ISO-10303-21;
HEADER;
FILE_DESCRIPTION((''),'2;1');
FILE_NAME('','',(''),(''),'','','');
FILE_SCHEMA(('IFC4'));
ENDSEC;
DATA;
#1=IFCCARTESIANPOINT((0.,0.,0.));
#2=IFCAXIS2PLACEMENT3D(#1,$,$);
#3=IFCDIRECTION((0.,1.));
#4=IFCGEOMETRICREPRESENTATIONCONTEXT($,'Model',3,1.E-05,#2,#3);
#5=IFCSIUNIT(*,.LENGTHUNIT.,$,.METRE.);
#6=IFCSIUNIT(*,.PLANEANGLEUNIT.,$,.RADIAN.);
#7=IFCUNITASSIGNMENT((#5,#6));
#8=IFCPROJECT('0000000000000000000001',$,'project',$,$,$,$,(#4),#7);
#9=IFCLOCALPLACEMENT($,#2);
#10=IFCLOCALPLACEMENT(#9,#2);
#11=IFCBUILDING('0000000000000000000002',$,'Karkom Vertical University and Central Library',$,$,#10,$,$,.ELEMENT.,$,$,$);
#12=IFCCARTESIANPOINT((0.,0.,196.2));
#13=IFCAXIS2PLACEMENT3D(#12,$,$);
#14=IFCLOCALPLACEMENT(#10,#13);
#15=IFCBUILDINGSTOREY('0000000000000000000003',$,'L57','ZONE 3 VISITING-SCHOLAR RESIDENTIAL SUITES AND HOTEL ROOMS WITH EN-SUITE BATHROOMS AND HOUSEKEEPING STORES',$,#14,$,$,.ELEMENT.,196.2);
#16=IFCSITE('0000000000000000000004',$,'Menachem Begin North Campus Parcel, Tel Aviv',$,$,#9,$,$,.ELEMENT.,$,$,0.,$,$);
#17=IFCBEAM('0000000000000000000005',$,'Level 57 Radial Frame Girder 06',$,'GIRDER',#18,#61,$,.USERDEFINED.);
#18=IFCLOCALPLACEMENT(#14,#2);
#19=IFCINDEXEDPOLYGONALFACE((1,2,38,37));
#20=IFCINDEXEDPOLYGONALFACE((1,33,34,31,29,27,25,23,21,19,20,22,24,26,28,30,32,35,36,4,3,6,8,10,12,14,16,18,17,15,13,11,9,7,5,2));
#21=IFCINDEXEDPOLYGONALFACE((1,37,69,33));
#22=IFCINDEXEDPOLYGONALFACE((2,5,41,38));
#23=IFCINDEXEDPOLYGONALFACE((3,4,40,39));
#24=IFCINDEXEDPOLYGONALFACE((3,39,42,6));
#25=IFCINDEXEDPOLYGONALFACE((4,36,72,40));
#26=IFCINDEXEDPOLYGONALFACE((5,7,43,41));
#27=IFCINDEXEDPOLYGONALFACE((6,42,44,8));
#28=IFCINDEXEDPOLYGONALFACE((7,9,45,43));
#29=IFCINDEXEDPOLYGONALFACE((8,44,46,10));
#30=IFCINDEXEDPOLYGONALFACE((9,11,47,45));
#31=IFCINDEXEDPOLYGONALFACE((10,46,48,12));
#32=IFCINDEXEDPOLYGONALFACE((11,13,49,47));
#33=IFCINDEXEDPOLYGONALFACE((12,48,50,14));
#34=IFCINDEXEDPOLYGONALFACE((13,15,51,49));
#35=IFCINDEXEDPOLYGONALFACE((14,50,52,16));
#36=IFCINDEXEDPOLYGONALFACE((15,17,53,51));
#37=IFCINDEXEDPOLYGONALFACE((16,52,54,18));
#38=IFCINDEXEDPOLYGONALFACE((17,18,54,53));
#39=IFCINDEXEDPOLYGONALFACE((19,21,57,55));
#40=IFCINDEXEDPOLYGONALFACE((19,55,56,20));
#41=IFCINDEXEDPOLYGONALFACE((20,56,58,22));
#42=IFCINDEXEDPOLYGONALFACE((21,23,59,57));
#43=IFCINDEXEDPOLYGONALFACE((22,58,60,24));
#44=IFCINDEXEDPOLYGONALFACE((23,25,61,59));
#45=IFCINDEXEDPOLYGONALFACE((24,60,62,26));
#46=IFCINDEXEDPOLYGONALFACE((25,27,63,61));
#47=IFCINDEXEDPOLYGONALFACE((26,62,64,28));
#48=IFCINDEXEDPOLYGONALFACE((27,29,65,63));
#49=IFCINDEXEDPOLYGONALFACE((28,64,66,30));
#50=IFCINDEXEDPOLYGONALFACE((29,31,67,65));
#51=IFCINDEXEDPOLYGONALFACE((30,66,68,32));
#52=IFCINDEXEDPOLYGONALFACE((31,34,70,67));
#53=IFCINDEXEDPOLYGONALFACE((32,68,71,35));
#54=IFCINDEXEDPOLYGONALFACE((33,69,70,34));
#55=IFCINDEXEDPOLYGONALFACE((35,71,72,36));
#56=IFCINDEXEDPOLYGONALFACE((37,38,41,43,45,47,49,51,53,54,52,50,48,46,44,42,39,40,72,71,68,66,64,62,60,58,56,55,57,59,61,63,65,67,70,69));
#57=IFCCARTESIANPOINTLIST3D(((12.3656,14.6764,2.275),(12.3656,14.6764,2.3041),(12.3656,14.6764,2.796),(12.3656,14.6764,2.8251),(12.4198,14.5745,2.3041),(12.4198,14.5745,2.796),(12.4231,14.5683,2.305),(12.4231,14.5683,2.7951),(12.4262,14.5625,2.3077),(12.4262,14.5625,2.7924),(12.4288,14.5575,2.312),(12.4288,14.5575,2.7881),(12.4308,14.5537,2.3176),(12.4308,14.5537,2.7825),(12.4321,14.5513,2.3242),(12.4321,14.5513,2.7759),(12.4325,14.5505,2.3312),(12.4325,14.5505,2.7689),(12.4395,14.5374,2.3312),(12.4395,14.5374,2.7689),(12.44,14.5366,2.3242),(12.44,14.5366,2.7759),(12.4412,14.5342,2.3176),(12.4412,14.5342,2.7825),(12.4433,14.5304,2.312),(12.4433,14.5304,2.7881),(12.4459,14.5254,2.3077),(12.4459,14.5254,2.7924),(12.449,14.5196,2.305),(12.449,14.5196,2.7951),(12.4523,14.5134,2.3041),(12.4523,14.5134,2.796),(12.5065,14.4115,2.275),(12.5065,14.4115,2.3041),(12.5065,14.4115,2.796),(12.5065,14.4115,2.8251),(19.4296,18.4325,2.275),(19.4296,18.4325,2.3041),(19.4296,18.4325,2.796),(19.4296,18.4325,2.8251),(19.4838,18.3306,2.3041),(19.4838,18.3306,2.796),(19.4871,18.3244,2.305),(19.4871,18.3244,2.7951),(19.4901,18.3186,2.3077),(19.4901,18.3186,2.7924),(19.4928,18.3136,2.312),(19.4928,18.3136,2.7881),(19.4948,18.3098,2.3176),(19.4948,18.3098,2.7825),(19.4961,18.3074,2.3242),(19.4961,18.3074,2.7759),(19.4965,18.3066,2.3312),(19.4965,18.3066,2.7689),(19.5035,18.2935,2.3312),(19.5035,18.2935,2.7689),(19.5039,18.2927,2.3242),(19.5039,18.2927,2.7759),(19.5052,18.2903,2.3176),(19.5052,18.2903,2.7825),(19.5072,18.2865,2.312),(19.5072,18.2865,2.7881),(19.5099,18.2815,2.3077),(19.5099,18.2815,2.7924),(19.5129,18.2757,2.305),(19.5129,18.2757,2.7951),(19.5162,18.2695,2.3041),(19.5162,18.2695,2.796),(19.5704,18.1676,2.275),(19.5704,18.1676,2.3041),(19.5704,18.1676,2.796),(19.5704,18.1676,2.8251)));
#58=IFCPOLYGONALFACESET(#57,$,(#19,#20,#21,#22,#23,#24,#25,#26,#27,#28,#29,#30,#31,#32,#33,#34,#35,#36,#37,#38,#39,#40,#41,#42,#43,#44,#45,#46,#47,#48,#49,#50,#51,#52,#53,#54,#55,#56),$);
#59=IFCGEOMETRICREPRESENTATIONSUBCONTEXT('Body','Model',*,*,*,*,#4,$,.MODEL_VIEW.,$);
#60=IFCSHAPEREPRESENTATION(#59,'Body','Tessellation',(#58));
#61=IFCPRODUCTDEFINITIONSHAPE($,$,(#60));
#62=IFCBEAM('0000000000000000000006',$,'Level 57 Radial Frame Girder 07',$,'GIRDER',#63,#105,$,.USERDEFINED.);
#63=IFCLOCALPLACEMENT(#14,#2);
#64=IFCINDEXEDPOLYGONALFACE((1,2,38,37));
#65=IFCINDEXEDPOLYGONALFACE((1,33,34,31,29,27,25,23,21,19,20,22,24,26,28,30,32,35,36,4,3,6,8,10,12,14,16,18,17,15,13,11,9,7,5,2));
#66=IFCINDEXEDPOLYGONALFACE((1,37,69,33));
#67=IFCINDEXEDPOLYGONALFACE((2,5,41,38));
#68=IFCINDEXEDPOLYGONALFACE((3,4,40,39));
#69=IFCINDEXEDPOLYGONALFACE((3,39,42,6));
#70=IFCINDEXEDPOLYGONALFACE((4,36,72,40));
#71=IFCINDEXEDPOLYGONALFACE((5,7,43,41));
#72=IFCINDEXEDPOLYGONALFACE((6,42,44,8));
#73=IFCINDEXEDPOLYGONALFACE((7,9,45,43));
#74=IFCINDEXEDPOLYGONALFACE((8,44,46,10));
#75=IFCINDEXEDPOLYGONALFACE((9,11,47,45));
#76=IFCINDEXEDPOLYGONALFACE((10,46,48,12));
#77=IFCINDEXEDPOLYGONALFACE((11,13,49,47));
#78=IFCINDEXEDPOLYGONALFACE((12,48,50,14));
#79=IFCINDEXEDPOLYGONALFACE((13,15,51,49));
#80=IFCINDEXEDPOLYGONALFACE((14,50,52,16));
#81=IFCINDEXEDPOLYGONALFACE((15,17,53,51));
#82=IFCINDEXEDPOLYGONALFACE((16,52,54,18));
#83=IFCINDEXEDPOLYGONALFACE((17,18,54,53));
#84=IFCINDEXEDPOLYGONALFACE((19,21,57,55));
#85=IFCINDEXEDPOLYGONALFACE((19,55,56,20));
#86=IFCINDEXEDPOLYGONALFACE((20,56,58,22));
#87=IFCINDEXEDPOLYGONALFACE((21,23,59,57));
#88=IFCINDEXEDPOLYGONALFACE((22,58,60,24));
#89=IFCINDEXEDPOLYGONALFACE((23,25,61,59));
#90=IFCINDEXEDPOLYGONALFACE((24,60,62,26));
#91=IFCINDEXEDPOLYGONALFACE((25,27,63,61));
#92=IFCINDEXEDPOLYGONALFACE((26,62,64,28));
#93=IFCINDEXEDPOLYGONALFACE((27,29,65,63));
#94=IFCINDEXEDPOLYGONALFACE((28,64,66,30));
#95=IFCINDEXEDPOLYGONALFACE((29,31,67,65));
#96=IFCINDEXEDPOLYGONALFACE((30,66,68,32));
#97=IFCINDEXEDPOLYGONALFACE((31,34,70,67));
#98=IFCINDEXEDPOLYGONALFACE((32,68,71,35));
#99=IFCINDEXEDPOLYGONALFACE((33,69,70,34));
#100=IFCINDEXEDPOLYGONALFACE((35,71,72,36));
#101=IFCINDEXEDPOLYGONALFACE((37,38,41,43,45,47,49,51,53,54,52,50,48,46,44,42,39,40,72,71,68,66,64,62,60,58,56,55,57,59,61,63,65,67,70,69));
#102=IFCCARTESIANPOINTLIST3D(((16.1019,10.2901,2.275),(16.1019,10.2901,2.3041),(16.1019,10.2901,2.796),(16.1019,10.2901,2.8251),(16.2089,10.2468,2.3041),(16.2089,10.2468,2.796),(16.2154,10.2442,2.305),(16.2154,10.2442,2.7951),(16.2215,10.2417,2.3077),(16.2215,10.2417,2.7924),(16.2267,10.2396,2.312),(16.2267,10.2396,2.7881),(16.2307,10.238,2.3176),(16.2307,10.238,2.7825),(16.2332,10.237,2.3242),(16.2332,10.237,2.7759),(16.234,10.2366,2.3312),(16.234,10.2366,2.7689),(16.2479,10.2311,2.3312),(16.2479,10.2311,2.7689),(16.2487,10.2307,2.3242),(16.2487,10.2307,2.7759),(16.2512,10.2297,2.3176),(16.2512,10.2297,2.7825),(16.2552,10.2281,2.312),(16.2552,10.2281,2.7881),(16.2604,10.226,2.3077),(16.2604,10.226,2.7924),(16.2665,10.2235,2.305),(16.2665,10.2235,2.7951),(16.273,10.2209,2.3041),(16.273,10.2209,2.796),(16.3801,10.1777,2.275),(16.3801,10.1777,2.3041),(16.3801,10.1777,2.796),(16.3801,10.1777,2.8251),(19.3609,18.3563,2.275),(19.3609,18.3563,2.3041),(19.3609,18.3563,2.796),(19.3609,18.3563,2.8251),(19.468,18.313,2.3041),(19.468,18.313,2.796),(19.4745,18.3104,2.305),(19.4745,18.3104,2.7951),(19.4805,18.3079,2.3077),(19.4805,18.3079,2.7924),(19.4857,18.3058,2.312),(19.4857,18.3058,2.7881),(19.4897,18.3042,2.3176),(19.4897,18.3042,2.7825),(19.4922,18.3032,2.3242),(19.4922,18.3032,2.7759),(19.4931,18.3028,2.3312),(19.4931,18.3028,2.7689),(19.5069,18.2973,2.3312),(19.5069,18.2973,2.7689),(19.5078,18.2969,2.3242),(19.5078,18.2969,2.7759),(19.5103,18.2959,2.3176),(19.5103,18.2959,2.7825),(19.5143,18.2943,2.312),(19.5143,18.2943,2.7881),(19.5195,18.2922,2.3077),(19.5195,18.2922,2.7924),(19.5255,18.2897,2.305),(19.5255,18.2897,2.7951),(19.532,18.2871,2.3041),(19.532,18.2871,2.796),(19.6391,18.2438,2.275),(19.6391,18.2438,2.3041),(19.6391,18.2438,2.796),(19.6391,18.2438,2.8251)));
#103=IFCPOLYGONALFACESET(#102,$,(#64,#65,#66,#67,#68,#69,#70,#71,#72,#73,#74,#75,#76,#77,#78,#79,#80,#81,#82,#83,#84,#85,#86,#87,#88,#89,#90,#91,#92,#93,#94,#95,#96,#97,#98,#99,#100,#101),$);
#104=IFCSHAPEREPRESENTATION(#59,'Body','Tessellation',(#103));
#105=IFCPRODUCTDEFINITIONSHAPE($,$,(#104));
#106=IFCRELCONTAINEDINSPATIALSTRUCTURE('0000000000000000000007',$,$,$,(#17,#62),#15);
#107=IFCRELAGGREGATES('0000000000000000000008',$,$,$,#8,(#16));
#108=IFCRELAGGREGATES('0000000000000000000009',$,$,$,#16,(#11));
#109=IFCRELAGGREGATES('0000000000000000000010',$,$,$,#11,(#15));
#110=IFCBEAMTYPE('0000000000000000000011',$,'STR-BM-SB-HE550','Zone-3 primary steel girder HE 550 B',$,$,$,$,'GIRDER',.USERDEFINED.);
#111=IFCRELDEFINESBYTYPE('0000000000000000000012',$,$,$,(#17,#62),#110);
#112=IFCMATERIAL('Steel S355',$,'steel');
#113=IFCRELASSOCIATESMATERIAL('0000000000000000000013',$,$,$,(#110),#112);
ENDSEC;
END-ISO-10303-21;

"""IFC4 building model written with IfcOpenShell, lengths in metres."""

from ifc_helpers import new_model, si_unit, direction, frame, origin, origin_with_axes, origin_2d, place, context, subcontext, project, spatial, i_section, extrude, source, transform, mapped, material, material_profile, profile_set, type_object, element, save


model = new_model("IFC4")

# Units and contexts
model_context = context("Model", 3, precision=1e-05, world=origin(), true_north=direction((0.0, 1.0)))
body_context = subcontext(model_context, "Body", "Model", "MODEL_VIEW")
ifc_project = project(units=[si_unit("LENGTHUNIT", "METRE"), si_unit("PLANEANGLEUNIT", "RADIAN")], contexts=[model_context])

# Site, building, storey
site_placement = place(None, origin())
site = spatial("IfcSite", under=ifc_project, at=site_placement, Name="Menachem Begin North Campus Parcel, Tel Aviv", CompositionType="ELEMENT", RefElevation=0.0)
building_placement = place(site_placement, origin())
building = spatial("IfcBuilding", under=site, at=building_placement, Name="Karkom Vertical University and Central Library", CompositionType="ELEMENT")
storey_placement = place(building_placement, frame((0.0, 0.0, 196.2)))
storey = spatial("IfcBuildingStorey", under=building, at=storey_placement, Name="L57", Description="ZONE 3 VISITING-SCHOLAR RESIDENTIAL SUITES AND HOTEL ROOMS WITH EN-SUITE BATHROOMS AND HOUSEKEEPING STORES", CompositionType="ELEMENT", Elevation=196.2)

# Beams
ifc_material_1 = material(Name="Steel S355", Category="steel")
ifc_material_profile_1 = material_profile(ifc_material_1, i_section(OverallWidth=0.3, OverallDepth=0.55, WebThickness=0.0149, FlangeThickness=0.0291, FilletRadius=0.0271, at=origin_2d()), Name="HE 550 B")
ifc_profile_set_1 = profile_set([ifc_material_profile_1], Name="Steel S355")
beam_type_1 = type_object("IfcBeamType", Name="STR-BM-SB-HE550", Description="Zone-3 primary steel girder HE 550 B", ElementType="GIRDER", PredefinedType="USERDEFINED", material=ifc_profile_set_1)
shared_shape_1 = source(origin_with_axes(), body_context, "Body", "SweptSolid", [
    extrude(i_section(OverallWidth=0.3, OverallDepth=0.55, WebThickness=0.0149, FlangeThickness=0.0291, FilletRadius=0.0271, at=origin_2d()), origin(), (0.0, 0.0, 1.0), 8.0005),
])
beam_1_placement = place(storey_placement, frame((19.5, 18.3, 2.55), z_axis=(-0.882941, -0.469484, 0.0), x_axis=(0.469484, -0.882941, 0.0)))
element("IfcBeam", 1, at=beam_1_placement, inside=storey, type_object=beam_type_1, Name="Level 57 Radial Frame Girder 06", ObjectType="GIRDER", PredefinedType="USERDEFINED", context=body_context, shape_type="MappedRepresentation", body=[
    mapped(shared_shape_1, transform((0.0, 0.0, 0.0), scale=1.0)),
])
shared_shape_2 = source(origin_with_axes(), body_context, "Body", "SweptSolid", [
    extrude(i_section(OverallWidth=0.3, OverallDepth=0.55, WebThickness=0.0149, FlangeThickness=0.0291, FilletRadius=0.0271, at=origin_2d()), origin(), (0.0, 0.0, 1.0), 8.6997),
])
beam_2_placement = place(storey_placement, frame((19.5, 18.3, 2.55), z_axis=(-0.374616, -0.92718, 0.0), x_axis=(0.92718, -0.374616, 0.0)))
element("IfcBeam", 2, at=beam_2_placement, inside=storey, type_object=beam_type_1, Name="Level 57 Radial Frame Girder 07", ObjectType="GIRDER", PredefinedType="USERDEFINED", context=body_context, shape_type="MappedRepresentation", body=[
    mapped(shared_shape_2, transform((0.0, 0.0, 0.0), scale=1.0)),
])

save(model, "model.ifc")
